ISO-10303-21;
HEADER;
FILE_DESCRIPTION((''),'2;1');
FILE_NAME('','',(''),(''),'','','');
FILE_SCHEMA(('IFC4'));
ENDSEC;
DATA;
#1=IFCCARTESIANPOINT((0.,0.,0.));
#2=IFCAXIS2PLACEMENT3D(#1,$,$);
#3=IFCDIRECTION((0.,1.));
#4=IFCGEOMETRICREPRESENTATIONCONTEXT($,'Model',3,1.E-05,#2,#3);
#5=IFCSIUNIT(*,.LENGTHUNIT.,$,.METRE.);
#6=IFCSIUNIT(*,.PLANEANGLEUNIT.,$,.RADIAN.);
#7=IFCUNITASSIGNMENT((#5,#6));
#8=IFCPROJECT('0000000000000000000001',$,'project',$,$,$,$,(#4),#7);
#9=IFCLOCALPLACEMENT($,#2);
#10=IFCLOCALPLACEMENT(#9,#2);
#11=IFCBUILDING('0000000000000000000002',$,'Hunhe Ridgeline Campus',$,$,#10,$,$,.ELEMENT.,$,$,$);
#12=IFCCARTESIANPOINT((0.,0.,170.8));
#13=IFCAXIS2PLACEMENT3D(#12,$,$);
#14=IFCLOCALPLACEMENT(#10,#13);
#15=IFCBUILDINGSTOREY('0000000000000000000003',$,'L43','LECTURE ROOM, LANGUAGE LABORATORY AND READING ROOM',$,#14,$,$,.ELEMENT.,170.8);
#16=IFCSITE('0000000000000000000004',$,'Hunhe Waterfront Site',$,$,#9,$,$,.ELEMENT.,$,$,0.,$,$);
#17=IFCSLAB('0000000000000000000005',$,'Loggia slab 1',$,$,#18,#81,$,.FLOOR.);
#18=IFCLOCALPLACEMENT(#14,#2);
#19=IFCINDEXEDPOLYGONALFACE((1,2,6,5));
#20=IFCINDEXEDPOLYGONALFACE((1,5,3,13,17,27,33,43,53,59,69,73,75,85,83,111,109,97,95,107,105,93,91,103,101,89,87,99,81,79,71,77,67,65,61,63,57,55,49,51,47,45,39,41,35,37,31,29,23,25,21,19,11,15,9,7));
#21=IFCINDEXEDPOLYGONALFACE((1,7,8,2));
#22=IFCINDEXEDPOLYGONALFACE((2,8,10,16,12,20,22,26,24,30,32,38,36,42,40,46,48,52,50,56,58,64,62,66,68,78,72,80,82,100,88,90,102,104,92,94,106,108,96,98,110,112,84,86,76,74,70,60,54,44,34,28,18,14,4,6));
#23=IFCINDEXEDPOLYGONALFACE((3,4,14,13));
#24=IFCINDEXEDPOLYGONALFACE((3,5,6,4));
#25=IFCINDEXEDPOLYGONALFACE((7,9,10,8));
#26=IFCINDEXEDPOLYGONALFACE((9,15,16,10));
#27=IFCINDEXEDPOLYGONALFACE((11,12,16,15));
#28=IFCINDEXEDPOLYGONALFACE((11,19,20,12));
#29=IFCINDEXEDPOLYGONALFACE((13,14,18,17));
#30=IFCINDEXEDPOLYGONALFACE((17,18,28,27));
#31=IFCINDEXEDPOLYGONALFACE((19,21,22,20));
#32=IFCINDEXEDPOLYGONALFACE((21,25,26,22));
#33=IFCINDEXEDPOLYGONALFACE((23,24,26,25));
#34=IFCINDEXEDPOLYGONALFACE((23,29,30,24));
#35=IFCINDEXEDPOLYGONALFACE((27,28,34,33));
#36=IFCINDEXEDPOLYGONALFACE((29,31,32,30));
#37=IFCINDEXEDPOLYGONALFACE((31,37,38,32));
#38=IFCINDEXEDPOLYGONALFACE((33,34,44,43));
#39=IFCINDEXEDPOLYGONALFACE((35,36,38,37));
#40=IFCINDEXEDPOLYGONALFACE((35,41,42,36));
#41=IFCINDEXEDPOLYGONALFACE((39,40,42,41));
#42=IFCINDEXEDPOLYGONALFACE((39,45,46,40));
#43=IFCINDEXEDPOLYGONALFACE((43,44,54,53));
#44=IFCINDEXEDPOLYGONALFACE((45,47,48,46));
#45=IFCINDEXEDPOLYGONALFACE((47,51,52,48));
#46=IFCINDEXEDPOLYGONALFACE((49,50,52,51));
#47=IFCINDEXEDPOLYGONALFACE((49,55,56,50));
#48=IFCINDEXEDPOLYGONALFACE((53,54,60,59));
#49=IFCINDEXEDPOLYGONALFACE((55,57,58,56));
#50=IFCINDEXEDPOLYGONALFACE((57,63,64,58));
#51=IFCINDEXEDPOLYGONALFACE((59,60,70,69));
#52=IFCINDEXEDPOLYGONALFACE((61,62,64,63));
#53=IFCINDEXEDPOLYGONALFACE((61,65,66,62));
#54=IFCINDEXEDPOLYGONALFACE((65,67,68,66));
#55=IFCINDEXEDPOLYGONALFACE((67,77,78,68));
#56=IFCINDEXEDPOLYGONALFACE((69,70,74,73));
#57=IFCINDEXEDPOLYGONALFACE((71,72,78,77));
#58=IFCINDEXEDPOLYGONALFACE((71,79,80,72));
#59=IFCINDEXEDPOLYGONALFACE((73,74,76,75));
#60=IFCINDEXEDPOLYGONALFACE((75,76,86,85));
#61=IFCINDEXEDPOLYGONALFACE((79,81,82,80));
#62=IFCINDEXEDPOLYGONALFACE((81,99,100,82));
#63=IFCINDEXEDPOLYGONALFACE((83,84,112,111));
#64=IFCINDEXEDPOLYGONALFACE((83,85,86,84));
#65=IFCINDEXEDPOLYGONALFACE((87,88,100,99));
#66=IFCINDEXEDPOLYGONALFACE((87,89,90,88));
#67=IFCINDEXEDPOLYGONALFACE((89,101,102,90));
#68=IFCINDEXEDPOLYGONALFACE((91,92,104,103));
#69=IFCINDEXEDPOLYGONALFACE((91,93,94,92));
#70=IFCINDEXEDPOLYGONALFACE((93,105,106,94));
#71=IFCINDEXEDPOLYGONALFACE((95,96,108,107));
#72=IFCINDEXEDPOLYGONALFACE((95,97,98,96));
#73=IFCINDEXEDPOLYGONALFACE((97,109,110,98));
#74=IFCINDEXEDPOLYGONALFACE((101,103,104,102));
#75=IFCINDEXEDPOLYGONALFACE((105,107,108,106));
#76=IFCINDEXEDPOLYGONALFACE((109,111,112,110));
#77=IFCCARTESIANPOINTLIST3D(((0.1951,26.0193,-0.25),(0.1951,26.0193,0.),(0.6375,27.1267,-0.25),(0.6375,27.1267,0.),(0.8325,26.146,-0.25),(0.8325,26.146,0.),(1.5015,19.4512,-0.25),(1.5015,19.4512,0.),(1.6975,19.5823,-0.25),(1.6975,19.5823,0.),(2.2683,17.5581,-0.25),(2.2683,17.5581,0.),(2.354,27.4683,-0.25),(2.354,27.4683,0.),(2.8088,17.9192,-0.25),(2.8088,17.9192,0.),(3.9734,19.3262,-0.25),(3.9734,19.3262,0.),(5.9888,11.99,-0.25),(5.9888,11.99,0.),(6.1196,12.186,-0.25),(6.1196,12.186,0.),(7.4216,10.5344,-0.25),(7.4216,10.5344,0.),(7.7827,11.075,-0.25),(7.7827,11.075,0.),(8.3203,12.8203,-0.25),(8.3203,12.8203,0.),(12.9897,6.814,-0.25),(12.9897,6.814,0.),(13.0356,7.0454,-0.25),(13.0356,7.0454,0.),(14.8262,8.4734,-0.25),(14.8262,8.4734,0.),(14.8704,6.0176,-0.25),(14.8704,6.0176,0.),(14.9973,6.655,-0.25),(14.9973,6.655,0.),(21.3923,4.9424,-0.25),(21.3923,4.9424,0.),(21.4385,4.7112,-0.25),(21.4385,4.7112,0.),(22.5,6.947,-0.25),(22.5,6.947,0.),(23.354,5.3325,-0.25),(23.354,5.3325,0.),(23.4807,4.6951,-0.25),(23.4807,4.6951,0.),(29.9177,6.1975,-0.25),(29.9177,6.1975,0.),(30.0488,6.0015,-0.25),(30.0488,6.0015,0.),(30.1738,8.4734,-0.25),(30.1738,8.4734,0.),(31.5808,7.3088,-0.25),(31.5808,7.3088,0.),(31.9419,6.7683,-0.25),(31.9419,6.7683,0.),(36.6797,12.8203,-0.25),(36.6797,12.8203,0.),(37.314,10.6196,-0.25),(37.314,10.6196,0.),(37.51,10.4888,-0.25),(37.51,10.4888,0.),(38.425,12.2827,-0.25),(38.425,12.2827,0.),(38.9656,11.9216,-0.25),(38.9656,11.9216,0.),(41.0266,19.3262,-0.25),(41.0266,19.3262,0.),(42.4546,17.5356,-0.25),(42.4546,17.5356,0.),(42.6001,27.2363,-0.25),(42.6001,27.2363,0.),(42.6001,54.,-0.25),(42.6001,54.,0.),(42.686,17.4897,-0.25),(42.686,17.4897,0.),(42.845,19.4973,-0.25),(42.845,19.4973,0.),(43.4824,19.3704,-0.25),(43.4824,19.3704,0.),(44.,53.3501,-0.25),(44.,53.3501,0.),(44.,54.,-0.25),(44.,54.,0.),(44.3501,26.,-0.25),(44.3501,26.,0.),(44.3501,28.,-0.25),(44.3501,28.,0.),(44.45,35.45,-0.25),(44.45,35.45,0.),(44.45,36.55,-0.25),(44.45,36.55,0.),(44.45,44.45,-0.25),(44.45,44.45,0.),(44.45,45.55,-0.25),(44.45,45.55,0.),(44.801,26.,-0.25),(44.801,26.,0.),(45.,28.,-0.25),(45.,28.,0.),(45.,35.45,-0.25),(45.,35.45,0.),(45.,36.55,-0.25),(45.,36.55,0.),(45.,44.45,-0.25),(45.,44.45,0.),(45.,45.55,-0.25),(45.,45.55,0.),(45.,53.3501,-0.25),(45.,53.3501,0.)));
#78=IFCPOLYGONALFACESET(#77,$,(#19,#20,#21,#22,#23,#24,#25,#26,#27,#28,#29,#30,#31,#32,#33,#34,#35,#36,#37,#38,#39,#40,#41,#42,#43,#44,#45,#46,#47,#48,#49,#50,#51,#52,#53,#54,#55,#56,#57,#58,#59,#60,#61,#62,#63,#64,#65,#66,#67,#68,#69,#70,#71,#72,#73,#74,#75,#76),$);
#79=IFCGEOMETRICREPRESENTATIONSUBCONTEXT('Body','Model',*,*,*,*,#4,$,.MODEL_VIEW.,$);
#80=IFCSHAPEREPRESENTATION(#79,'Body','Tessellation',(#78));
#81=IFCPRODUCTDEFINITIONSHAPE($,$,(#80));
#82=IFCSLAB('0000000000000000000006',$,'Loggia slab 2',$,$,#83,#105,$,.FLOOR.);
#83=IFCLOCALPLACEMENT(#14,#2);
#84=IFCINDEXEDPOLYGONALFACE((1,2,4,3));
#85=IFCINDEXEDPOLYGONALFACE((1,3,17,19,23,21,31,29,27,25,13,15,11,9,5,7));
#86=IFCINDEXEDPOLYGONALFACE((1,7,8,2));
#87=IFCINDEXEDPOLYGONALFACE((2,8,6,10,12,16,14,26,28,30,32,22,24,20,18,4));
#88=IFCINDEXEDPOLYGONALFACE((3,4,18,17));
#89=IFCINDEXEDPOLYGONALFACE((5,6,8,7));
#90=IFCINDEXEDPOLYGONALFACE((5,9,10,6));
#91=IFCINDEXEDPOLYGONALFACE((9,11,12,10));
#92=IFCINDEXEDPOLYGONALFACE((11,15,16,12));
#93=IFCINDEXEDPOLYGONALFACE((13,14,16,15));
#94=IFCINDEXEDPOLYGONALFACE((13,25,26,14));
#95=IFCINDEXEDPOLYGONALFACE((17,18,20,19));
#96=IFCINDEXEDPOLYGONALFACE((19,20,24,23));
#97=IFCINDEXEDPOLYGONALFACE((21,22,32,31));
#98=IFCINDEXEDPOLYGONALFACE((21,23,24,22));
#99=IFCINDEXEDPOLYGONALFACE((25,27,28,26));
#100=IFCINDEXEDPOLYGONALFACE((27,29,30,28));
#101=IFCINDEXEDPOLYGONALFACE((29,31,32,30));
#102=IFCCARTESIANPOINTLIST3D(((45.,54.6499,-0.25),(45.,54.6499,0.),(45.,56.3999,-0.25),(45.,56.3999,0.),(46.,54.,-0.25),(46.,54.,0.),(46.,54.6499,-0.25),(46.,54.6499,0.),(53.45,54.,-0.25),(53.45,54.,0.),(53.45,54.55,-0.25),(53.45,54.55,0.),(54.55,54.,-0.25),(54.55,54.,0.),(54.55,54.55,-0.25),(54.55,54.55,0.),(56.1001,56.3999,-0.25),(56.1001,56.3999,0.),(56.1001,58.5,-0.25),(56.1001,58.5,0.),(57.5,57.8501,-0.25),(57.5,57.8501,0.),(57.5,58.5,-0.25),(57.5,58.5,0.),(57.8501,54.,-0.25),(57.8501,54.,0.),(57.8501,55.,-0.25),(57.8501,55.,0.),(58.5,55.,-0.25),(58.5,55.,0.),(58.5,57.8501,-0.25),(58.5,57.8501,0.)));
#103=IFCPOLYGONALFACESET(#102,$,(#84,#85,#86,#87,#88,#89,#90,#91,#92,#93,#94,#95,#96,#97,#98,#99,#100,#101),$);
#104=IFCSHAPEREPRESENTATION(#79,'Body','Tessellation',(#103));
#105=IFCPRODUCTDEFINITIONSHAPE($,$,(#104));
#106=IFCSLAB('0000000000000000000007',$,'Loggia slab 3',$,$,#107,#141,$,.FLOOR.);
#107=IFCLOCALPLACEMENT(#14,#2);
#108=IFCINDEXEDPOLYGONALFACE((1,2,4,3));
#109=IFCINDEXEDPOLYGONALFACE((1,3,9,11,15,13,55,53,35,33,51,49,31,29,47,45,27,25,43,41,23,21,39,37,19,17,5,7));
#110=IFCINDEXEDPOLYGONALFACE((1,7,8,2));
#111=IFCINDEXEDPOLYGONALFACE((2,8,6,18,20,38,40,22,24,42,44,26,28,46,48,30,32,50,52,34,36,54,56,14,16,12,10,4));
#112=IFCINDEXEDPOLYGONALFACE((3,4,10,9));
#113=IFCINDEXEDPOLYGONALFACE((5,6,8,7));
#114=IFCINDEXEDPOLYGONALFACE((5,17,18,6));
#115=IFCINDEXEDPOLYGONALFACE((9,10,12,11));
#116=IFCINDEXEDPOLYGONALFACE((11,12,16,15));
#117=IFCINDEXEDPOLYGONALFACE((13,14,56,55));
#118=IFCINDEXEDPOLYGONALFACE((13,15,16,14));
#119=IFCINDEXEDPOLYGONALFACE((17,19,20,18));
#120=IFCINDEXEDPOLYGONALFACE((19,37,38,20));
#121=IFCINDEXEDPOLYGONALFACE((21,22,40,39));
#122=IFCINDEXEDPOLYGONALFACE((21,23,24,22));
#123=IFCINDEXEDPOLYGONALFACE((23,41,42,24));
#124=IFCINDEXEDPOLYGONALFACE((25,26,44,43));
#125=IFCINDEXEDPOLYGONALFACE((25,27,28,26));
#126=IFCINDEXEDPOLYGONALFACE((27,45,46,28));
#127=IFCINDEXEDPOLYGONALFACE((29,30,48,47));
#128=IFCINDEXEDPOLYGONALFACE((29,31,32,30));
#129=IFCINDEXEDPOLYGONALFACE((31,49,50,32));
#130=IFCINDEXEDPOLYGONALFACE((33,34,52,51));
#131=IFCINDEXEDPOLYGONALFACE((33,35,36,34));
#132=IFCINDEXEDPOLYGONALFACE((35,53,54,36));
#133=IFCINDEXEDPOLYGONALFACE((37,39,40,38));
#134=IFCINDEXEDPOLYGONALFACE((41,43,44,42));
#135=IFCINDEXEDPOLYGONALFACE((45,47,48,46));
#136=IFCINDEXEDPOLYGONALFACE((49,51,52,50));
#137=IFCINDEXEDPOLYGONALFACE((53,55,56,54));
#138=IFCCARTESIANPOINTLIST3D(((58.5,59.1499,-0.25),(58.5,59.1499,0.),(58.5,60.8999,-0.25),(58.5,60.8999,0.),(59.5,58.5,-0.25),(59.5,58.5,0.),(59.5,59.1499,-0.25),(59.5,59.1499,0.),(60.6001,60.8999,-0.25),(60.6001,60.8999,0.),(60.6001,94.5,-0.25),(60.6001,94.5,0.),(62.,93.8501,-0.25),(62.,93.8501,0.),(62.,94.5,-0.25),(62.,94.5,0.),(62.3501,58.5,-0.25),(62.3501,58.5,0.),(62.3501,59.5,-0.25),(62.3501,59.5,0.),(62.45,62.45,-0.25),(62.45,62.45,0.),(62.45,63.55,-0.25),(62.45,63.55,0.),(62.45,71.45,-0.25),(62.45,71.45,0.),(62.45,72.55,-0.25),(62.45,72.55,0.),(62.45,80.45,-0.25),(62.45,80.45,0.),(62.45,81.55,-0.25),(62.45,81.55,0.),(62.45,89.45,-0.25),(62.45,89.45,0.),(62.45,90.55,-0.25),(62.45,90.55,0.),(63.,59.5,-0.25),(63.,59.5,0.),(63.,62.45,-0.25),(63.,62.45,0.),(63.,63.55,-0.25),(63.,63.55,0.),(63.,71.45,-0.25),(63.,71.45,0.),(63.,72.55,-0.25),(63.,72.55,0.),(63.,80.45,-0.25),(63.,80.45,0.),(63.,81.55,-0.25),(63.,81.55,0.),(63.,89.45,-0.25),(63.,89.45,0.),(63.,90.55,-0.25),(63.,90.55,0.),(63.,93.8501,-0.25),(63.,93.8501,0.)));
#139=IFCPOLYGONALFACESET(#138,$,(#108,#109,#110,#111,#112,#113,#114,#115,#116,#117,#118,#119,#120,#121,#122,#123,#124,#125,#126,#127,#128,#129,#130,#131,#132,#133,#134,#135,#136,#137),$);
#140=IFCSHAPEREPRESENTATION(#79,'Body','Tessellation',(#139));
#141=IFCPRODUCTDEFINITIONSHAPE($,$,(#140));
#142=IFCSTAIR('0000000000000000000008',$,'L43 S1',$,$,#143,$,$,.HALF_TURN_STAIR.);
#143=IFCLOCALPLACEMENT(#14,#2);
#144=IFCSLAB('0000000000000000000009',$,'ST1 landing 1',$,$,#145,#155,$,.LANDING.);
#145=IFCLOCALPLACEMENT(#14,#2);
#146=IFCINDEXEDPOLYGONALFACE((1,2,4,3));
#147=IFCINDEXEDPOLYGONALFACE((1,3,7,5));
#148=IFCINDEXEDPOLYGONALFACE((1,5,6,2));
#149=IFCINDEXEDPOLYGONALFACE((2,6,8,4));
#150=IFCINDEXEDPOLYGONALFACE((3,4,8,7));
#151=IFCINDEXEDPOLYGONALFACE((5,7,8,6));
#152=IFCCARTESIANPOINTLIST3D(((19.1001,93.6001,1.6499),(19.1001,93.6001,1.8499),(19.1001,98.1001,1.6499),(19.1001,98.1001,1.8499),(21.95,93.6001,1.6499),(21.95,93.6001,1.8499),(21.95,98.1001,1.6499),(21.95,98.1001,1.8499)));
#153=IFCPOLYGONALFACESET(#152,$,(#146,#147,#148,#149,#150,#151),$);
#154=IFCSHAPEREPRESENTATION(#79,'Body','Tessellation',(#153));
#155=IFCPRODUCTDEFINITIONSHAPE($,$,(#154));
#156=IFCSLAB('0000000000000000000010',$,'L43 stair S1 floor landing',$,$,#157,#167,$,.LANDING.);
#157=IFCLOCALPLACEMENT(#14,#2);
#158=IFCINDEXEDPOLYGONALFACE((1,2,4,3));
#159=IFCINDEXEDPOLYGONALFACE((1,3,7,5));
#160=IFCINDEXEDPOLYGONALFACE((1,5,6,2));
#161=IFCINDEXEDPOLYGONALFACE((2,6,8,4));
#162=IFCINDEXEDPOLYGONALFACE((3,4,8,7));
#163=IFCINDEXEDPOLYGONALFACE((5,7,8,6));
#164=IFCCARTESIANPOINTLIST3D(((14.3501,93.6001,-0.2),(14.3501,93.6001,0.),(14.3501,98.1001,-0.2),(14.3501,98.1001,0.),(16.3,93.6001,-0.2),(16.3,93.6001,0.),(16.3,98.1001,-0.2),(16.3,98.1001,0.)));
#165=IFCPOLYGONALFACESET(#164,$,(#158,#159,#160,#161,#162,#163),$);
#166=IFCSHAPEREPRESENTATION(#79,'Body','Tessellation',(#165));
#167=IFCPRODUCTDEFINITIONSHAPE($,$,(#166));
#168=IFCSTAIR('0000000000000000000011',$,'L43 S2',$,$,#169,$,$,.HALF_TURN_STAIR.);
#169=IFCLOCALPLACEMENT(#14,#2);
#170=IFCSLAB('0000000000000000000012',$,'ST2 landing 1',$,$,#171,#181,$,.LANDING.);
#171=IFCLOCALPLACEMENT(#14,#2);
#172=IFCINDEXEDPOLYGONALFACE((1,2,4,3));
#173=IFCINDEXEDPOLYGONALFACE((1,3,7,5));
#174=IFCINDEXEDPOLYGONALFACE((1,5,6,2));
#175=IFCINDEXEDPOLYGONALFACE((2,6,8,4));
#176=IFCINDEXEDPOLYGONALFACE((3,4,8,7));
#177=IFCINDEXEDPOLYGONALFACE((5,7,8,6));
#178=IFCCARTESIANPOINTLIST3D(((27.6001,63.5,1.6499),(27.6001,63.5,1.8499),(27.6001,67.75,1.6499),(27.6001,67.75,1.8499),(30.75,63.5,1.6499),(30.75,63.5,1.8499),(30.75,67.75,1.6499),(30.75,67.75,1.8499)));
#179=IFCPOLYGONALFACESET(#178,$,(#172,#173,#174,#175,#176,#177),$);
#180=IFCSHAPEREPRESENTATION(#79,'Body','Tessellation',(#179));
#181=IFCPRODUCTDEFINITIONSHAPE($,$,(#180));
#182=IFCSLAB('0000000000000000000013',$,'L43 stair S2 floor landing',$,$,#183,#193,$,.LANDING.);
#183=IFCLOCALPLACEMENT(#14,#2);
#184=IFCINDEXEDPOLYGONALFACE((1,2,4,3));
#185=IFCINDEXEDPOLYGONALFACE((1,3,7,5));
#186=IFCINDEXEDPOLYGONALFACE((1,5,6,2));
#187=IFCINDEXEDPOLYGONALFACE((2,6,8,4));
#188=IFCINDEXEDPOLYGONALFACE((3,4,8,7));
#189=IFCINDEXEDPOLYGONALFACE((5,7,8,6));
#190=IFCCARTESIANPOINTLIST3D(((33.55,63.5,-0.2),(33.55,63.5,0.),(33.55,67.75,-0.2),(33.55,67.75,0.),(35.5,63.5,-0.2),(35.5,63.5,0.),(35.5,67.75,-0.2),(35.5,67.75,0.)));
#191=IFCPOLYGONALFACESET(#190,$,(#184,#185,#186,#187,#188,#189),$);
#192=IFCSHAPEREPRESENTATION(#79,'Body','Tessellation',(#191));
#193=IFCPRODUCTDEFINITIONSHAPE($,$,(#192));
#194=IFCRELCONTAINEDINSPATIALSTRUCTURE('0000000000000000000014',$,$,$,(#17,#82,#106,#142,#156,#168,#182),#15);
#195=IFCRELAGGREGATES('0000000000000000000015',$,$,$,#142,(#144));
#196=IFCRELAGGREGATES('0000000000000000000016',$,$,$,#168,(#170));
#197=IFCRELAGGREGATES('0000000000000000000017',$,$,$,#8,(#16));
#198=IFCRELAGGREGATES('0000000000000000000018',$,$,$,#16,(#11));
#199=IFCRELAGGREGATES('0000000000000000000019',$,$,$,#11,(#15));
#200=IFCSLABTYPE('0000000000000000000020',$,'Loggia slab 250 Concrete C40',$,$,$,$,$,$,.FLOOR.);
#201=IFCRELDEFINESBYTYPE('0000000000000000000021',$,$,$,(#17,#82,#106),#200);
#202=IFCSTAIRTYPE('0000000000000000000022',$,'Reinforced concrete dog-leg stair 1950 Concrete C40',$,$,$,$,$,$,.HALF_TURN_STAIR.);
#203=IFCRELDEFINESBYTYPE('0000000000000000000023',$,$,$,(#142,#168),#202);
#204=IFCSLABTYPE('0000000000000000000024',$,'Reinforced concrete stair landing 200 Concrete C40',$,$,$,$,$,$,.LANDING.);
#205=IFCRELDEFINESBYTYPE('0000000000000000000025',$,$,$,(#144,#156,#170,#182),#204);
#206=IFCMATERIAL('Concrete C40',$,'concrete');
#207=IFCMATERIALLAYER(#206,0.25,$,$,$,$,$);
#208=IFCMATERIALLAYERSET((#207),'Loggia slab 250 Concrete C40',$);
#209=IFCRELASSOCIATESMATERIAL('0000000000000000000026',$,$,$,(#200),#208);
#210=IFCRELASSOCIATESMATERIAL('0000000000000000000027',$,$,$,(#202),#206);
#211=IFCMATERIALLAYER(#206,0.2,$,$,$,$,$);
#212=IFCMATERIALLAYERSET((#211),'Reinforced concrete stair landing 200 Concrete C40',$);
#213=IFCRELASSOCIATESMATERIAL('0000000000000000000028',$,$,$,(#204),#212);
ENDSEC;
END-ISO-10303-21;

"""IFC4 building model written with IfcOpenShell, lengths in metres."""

from ifc_helpers import new_model, si_unit, direction, frame, origin, place, context, subcontext, project, spatial, polyline, outline, extrude, material, layer, layer_set, type_object, element, aggregate, save


model = new_model("IFC4")

# Units and contexts
model_context = context("Model", 3, precision=1e-05, world=origin(), true_north=direction((0.0, 1.0)))
body_context = subcontext(model_context, "Body", "Model", "MODEL_VIEW")
ifc_project = project(units=[si_unit("LENGTHUNIT", "METRE"), si_unit("PLANEANGLEUNIT", "RADIAN")], contexts=[model_context])

# Site, building, storey
site_placement = place(None, origin())
site = spatial("IfcSite", under=ifc_project, at=site_placement, Name="Hunhe Waterfront Site", CompositionType="ELEMENT", RefElevation=0.0)
building_placement = place(site_placement, origin())
building = spatial("IfcBuilding", under=site, at=building_placement, Name="Hunhe Ridgeline Campus", CompositionType="ELEMENT")
storey_placement = place(building_placement, frame((0.0, 0.0, 170.8)))
storey = spatial("IfcBuildingStorey", under=building, at=storey_placement, Name="L43", Description="LECTURE ROOM, LANGUAGE LABORATORY AND READING ROOM", CompositionType="ELEMENT", Elevation=170.8)

# Slabs
ifc_material_1 = material(Name="Concrete C40", Category="concrete")
ifc_layer_1 = layer(ifc_material_1, 0.25)
ifc_layer_set_1 = layer_set([ifc_layer_1], Name="Loggia slab 250 Concrete C40")
slab_type_1 = type_object("IfcSlabType", Name="Loggia slab 250 Concrete C40", PredefinedType="FLOOR", material=ifc_layer_set_1)
slab_1_placement = place(storey_placement, frame((0.0, 0.0, -0.25)))
element("IfcSlab", 1, at=slab_1_placement, inside=storey, type_object=slab_type_1, Name="Loggia slab 1", PredefinedType="FLOOR", context=body_context, shape_type="SweptSolid", body=[
    extrude(outline(polyline([(30.1738, 8.4734), (22.5, 6.947), (14.8262, 8.4734), (8.3203, 12.8203), (3.9734, 19.3262), (2.354, 27.4683), (0.6375, 27.1267), (0.8325, 26.146), (0.1951, 26.0193), (1.5015, 19.4512), (1.6975, 19.5823), (2.8088, 17.9192), (2.2683, 17.5581), (5.9888, 11.99), (6.1196, 12.186), (7.7827, 11.075), (7.4216, 10.5344), (12.9897, 6.814), (13.0356, 7.0454), (14.9973, 6.655), (14.8704, 6.0176), (21.4385, 4.7112), (21.3923, 4.9424), (23.354, 5.3325), (23.4807, 4.6951), (30.0488, 6.0015), (29.9177, 6.1975), (31.5808, 7.3088), (31.9419, 6.7683), (37.51, 10.4888), (37.314, 10.6196), (38.425, 12.2827), (38.9656, 11.9216), (42.686, 17.4897), (42.4546, 17.5356), (42.845, 19.4973), (43.4824, 19.3704), (44.801, 26.0), (44.3501, 26.0), (44.3501, 28.0), (45.0, 28.0), (45.0, 35.45), (44.45, 35.45), (44.45, 36.55), (45.0, 36.55), (45.0, 44.45), (44.45, 44.45), (44.45, 45.55), (45.0, 45.55), (45.0, 53.3501), (44.0, 53.3501), (44.0, 54.0), (42.6001, 54.0), (42.6001, 27.2363), (41.0266, 19.3262), (36.6797, 12.8203), (30.1738, 8.4734)])), origin(), (0.0, 0.0, 1.0), 0.25),
])
slab_2_placement = place(storey_placement, frame((0.0, 0.0, -0.25)))
element("IfcSlab", 2, at=slab_2_placement, inside=storey, type_object=slab_type_1, Name="Loggia slab 2", PredefinedType="FLOOR", context=body_context, shape_type="SweptSolid", body=[
    extrude(outline(polyline([(45.0, 54.6499), (46.0, 54.6499), (46.0, 54.0), (53.45, 54.0), (53.45, 54.55), (54.55, 54.55), (54.55, 54.0), (57.8501, 54.0), (57.8501, 55.0), (58.5, 55.0), (58.5, 57.8501), (57.5, 57.8501), (57.5, 58.5), (56.1001, 58.5), (56.1001, 56.3999), (45.0, 56.3999), (45.0, 54.6499)])), origin(), (0.0, 0.0, 1.0), 0.25),
])
slab_3_placement = place(storey_placement, frame((0.0, 0.0, -0.25)))
element("IfcSlab", 3, at=slab_3_placement, inside=storey, type_object=slab_type_1, Name="Loggia slab 3", PredefinedType="FLOOR", context=body_context, shape_type="SweptSolid", body=[
    extrude(outline(polyline([(58.5, 59.1499), (59.5, 59.1499), (59.5, 58.5), (62.3501, 58.5), (62.3501, 59.5), (63.0, 59.5), (63.0, 62.45), (62.45, 62.45), (62.45, 63.55), (63.0, 63.55), (63.0, 71.45), (62.45, 71.45), (62.45, 72.55), (63.0, 72.55), (63.0, 80.45), (62.45, 80.45), (62.45, 81.55), (63.0, 81.55), (63.0, 89.45), (62.45, 89.45), (62.45, 90.55), (63.0, 90.55), (63.0, 93.8501), (62.0, 93.8501), (62.0, 94.5), (60.6001, 94.5), (60.6001, 60.8999), (58.5, 60.8999), (58.5, 59.1499)])), origin(), (0.0, 0.0, 1.0), 0.25),
])

# Stair, slab
stair_type = type_object("IfcStairType", Name="Reinforced concrete dog-leg stair 1950 Concrete C40", PredefinedType="HALF_TURN_STAIR", material=ifc_material_1)
stair_1_placement = place(storey_placement, origin())
stair_1 = element("IfcStair", 4, at=stair_1_placement, inside=storey, type_object=stair_type, Name="L43 S1", PredefinedType="HALF_TURN_STAIR")
ifc_layer_2 = layer(ifc_material_1, 0.2)
ifc_layer_set_2 = layer_set([ifc_layer_2], Name="Reinforced concrete stair landing 200 Concrete C40")
slab_type_2 = type_object("IfcSlabType", Name="Reinforced concrete stair landing 200 Concrete C40", PredefinedType="LANDING", material=ifc_layer_set_2)
slab_4_placement = place(storey_placement, frame((0.0, 0.0, 1.6499)))
slab_4 = element("IfcSlab", 5, at=slab_4_placement, type_object=slab_type_2, Name="ST1 landing 1", PredefinedType="LANDING", context=body_context, shape_type="SweptSolid", body=[
    extrude(outline(polyline([(19.1001, 93.6001), (21.95, 93.6001), (21.95, 98.1001), (19.1001, 98.1001), (19.1001, 93.6001)])), origin(), (0.0, 0.0, 1.0), 0.2),
])
aggregate(stair_1, [slab_4])

# Slab
slab_5_placement = place(storey_placement, frame((0.0, 0.0, -0.2)))
element("IfcSlab", 6, at=slab_5_placement, inside=storey, type_object=slab_type_2, Name="L43 stair S1 floor landing", PredefinedType="LANDING", context=body_context, shape_type="SweptSolid", body=[
    extrude(outline(polyline([(14.3501, 93.6001), (16.3, 93.6001), (16.3, 98.1001), (14.3501, 98.1001), (14.3501, 93.6001)])), origin(), (0.0, 0.0, 1.0), 0.2),
])

# Stair, slab
stair_2_placement = place(storey_placement, origin())
stair_2 = element("IfcStair", 7, at=stair_2_placement, inside=storey, type_object=stair_type, Name="L43 S2", PredefinedType="HALF_TURN_STAIR")
slab_6_placement = place(storey_placement, frame((0.0, 0.0, 1.6499)))
slab_6 = element("IfcSlab", 8, at=slab_6_placement, type_object=slab_type_2, Name="ST2 landing 1", PredefinedType="LANDING", context=body_context, shape_type="SweptSolid", body=[
    extrude(outline(polyline([(30.75, 67.75), (27.6001, 67.75), (27.6001, 63.5), (30.75, 63.5), (30.75, 67.75)])), origin(), (0.0, 0.0, 1.0), 0.2),
])
aggregate(stair_2, [slab_6])

# Slab
slab_7_placement = place(storey_placement, frame((0.0, 0.0, -0.2)))
element("IfcSlab", 9, at=slab_7_placement, inside=storey, type_object=slab_type_2, Name="L43 stair S2 floor landing", PredefinedType="LANDING", context=body_context, shape_type="SweptSolid", body=[
    extrude(outline(polyline([(35.5, 67.75), (33.55, 67.75), (33.55, 63.5), (35.5, 63.5), (35.5, 67.75)])), origin(), (0.0, 0.0, 1.0), 0.2),
])

save(model, "model.ifc")
